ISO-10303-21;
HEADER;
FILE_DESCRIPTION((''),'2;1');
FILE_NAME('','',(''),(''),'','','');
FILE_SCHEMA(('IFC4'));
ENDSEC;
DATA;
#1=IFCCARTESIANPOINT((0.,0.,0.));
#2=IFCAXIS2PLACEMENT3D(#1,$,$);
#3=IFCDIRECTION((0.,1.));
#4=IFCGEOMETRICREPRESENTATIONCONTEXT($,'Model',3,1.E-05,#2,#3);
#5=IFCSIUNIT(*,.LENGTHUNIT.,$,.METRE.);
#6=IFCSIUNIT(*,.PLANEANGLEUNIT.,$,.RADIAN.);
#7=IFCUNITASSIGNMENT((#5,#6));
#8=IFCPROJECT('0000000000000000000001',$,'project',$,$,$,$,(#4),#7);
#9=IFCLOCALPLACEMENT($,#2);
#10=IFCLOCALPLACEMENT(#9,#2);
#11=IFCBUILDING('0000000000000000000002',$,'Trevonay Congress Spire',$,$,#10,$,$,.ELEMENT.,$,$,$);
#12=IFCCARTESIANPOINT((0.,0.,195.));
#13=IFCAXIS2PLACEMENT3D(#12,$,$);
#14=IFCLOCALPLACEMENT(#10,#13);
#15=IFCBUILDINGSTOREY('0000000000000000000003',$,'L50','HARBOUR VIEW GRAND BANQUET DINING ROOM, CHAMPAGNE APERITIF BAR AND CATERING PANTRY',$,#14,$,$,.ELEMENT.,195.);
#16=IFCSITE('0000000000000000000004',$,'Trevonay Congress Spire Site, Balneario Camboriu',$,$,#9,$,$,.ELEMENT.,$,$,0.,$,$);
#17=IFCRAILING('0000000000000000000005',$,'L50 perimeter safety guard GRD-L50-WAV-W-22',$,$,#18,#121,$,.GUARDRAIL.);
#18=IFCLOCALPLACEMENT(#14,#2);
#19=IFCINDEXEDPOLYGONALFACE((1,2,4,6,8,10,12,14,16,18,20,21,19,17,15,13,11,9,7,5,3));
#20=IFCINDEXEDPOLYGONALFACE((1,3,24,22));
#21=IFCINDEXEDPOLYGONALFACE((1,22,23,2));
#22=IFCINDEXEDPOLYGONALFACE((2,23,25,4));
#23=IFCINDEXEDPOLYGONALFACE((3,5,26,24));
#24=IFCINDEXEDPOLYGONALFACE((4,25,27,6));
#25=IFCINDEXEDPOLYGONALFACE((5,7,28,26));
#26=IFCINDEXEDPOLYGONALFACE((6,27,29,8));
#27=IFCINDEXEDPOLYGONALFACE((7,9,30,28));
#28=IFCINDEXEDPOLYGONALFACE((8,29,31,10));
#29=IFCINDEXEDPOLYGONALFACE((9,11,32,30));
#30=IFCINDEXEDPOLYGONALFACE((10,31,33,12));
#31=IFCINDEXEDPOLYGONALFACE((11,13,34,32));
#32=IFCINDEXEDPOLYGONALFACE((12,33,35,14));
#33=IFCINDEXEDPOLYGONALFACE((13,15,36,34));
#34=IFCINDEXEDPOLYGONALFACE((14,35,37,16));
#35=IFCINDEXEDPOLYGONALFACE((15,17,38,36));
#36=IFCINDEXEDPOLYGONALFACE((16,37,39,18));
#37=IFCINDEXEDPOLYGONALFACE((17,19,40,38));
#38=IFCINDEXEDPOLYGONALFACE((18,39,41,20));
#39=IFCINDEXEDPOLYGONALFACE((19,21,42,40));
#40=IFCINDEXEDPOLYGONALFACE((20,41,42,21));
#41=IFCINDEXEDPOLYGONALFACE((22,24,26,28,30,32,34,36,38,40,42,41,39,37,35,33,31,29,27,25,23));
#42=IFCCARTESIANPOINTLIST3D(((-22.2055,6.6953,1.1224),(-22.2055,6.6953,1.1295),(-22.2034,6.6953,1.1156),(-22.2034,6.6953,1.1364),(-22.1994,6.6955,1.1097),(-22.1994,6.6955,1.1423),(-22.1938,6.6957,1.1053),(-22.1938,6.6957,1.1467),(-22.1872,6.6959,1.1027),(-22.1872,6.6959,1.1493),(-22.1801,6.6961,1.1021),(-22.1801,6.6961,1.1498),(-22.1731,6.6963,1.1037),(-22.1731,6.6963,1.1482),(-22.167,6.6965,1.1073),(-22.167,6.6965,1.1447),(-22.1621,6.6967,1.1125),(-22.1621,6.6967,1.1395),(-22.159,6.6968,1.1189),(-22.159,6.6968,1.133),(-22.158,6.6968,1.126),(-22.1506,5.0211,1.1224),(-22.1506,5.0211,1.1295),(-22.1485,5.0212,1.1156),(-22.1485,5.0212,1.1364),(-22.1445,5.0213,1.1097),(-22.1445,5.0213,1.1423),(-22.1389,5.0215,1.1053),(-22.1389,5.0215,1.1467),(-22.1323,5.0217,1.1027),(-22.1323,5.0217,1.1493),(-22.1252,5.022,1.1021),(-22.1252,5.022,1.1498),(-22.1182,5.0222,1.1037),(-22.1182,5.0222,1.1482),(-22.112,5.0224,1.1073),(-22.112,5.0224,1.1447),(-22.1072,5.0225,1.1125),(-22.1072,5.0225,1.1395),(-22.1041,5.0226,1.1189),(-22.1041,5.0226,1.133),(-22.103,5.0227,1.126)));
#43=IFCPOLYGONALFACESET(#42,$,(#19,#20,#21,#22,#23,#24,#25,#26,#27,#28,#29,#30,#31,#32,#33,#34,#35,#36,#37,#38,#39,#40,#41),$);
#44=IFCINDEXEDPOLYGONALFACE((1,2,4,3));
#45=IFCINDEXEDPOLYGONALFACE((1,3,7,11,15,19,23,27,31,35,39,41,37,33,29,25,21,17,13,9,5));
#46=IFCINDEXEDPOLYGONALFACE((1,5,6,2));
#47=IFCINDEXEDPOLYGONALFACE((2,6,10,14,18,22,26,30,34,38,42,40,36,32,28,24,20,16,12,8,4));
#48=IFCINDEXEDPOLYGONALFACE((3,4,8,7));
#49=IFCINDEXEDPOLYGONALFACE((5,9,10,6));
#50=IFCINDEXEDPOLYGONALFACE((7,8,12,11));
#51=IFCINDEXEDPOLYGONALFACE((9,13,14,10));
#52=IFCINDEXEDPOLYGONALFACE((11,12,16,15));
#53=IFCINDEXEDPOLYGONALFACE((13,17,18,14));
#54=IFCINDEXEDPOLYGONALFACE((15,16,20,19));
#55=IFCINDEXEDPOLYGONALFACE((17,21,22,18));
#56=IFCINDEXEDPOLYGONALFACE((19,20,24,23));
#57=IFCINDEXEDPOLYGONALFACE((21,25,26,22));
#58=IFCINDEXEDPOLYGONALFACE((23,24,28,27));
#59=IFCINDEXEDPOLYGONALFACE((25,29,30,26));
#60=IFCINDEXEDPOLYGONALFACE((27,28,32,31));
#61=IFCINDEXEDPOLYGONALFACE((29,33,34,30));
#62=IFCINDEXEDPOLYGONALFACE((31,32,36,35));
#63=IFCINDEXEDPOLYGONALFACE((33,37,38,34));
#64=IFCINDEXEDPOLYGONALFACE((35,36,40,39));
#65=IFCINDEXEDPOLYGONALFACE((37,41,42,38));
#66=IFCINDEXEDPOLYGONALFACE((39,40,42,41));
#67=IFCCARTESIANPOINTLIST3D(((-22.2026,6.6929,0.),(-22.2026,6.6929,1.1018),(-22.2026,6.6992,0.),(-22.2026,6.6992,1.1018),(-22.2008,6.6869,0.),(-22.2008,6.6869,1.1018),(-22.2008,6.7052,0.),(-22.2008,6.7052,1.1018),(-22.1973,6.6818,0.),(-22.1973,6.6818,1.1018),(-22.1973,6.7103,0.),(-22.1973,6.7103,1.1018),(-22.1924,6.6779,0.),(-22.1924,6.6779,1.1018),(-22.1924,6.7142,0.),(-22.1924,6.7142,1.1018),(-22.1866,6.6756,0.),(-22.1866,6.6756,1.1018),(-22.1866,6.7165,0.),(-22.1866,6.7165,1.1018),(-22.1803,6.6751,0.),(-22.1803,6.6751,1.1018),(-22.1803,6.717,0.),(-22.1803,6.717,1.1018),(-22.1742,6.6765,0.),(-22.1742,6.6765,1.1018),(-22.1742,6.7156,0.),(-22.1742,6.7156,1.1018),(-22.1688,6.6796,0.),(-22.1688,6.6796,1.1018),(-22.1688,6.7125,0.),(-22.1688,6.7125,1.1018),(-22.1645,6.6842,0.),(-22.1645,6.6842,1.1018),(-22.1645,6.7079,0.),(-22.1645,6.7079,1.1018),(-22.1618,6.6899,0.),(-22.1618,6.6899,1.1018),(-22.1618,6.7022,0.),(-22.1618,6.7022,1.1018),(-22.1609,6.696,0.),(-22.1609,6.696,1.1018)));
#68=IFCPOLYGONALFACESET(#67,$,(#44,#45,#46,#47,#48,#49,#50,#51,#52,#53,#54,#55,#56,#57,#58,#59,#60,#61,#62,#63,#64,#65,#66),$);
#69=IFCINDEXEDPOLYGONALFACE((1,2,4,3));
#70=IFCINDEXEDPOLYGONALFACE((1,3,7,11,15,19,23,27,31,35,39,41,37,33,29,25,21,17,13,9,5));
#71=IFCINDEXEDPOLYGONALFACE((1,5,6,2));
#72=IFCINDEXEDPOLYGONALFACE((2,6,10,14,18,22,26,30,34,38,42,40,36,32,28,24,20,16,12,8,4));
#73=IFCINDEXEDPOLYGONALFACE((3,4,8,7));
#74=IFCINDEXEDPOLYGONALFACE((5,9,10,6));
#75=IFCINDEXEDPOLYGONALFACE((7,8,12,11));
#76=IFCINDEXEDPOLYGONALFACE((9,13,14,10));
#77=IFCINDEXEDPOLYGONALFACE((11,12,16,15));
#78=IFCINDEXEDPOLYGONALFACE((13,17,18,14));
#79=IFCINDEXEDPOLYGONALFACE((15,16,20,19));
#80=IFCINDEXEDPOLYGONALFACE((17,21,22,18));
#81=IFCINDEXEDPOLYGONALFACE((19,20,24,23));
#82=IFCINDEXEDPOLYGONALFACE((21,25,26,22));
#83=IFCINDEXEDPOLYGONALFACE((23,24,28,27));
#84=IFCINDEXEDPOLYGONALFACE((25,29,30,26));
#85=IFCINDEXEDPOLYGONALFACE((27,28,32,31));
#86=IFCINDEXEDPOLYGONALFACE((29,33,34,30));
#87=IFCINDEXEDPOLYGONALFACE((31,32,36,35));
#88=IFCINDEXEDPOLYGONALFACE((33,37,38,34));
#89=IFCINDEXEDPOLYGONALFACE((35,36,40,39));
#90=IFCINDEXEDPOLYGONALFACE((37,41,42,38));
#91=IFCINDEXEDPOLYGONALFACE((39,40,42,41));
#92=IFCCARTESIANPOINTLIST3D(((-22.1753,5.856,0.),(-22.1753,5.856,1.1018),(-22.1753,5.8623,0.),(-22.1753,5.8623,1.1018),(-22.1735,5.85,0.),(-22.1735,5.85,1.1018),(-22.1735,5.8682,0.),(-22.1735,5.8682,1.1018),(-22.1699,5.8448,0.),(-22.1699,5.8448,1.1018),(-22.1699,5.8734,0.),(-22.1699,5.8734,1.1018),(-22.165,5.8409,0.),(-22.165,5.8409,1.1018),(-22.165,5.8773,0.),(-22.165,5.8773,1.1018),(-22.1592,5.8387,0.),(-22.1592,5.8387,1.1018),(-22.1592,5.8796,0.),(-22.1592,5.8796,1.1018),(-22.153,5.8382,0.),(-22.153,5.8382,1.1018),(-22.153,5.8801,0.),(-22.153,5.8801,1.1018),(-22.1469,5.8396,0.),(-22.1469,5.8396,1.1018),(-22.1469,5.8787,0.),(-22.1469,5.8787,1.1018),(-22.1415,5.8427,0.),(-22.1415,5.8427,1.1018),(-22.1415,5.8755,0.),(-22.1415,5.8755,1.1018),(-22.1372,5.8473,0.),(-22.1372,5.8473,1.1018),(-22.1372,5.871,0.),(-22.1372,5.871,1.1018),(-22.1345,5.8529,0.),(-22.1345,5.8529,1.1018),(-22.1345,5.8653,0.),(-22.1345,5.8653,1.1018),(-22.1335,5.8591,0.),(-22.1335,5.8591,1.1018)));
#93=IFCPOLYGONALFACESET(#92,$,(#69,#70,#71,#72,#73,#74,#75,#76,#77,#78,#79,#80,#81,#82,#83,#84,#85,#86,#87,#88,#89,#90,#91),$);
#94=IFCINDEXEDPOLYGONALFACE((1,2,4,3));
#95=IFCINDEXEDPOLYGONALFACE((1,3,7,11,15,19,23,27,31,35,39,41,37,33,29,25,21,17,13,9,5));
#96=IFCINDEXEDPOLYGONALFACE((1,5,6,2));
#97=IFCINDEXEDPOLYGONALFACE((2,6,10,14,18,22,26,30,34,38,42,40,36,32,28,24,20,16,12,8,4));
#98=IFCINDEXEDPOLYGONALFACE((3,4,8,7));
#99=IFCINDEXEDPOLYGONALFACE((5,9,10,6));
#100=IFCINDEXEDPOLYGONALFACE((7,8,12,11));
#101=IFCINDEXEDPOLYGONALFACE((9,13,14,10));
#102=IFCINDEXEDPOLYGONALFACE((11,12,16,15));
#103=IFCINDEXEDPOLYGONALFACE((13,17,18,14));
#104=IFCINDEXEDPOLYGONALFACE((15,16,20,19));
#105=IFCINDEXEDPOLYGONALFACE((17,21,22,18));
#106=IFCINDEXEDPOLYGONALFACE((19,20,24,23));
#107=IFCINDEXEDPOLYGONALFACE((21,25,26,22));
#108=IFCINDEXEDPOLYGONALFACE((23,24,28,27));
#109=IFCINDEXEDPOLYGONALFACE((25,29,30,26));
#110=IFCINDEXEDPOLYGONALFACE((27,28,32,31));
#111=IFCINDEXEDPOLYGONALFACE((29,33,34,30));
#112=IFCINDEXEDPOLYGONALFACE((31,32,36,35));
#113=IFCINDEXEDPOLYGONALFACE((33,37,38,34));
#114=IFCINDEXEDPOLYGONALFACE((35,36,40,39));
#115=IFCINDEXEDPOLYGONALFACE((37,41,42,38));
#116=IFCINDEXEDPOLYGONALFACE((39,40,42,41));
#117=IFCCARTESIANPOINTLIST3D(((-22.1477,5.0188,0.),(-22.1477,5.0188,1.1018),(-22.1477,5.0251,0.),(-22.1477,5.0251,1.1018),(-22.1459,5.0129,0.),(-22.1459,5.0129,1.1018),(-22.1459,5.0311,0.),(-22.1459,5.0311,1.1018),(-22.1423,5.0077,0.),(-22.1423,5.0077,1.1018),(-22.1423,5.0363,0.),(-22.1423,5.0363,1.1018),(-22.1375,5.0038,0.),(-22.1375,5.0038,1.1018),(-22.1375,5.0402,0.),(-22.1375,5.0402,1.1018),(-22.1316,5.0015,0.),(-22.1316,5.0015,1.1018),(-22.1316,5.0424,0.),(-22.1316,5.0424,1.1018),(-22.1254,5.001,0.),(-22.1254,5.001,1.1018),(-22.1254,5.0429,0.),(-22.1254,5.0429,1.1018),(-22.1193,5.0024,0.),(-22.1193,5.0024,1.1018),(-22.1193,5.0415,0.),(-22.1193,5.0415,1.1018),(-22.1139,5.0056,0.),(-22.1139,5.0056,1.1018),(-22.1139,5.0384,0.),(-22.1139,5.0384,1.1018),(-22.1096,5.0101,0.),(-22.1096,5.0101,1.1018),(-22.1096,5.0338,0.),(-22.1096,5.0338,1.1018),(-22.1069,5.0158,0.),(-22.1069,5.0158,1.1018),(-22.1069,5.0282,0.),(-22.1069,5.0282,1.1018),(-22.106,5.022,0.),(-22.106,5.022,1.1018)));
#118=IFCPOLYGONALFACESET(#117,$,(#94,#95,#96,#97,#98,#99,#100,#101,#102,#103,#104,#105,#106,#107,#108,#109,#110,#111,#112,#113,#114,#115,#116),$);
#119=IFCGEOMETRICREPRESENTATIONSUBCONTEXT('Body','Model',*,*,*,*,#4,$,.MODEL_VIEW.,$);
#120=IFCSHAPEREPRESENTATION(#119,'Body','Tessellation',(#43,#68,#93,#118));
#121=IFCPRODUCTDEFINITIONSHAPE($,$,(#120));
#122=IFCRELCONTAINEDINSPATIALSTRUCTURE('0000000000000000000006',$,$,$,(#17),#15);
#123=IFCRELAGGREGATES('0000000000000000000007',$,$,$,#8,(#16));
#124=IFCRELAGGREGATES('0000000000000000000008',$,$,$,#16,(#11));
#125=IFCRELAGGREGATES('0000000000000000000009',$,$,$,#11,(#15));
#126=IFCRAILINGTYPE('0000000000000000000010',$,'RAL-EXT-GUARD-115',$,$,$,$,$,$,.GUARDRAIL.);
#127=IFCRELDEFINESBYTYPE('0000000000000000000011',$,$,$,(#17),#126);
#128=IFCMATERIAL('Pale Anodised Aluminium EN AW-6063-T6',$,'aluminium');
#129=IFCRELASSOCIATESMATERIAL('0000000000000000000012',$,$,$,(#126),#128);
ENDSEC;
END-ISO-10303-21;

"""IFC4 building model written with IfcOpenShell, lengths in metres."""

from ifc_helpers import new_model, si_unit, direction, frame, origin, origin_2d, place, context, subcontext, project, spatial, circle, extrude, material, type_object, element, save


model = new_model("IFC4")

# Units and contexts
model_context = context("Model", 3, precision=1e-05, world=origin(), true_north=direction((0.0, 1.0)))
body_context = subcontext(model_context, "Body", "Model", "MODEL_VIEW")
ifc_project = project(units=[si_unit("LENGTHUNIT", "METRE"), si_unit("PLANEANGLEUNIT", "RADIAN")], contexts=[model_context])

# Site, building, storey
site_placement = place(None, origin())
site = spatial("IfcSite", under=ifc_project, at=site_placement, Name="Trevonay Congress Spire Site, Balneario Camboriu", CompositionType="ELEMENT", RefElevation=0.0)
building_placement = place(site_placement, origin())
building = spatial("IfcBuilding", under=site, at=building_placement, Name="Trevonay Congress Spire", CompositionType="ELEMENT")
storey_placement = place(building_placement, frame((0.0, 0.0, 195.0)))
storey = spatial("IfcBuildingStorey", under=building, at=storey_placement, Name="L50", Description="HARBOUR VIEW GRAND BANQUET DINING ROOM, CHAMPAGNE APERITIF BAR AND CATERING PANTRY", CompositionType="ELEMENT", Elevation=195.0)

# Shared definitions
ifc_material_1 = material(Name="Pale Anodised Aluminium EN AW-6063-T6", Category="aluminium")

# Railing
railing_type = type_object("IfcRailingType", Name="RAL-EXT-GUARD-115", PredefinedType="GUARDRAIL", material=ifc_material_1)
railing_1_placement = place(storey_placement, frame((-22.1819, 6.696, 0.0)))
element("IfcRailing", 1, at=railing_1_placement, inside=storey, type_object=railing_type, Name="L50 perimeter safety guard GRD-L50-WAV-W-22", PredefinedType="GUARDRAIL", context=body_context, shape_type="SweptSolid", body=[
    extrude(circle(Radius=0.0239, at=origin_2d()), frame((0.0, 0.0, 1.126), z_axis=(0.032796, -0.999462, 0.0), x_axis=(0.999462, 0.032796, 0.0)), (0.0, 0.0, 1.0), 1.675),
    extrude(circle(Radius=0.021, at=origin_2d()), origin(), (0.0, 0.0, 1.0), 1.1018),
    extrude(circle(Radius=0.021, at=origin_2d()), frame((0.0273, -0.8369, 0.0)), (0.0, 0.0, 1.0), 1.1018),
    extrude(circle(Radius=0.021, at=origin_2d()), frame((0.0549, -1.6741, 0.0)), (0.0, 0.0, 1.0), 1.1018),
])

save(model, "model.ifc")
